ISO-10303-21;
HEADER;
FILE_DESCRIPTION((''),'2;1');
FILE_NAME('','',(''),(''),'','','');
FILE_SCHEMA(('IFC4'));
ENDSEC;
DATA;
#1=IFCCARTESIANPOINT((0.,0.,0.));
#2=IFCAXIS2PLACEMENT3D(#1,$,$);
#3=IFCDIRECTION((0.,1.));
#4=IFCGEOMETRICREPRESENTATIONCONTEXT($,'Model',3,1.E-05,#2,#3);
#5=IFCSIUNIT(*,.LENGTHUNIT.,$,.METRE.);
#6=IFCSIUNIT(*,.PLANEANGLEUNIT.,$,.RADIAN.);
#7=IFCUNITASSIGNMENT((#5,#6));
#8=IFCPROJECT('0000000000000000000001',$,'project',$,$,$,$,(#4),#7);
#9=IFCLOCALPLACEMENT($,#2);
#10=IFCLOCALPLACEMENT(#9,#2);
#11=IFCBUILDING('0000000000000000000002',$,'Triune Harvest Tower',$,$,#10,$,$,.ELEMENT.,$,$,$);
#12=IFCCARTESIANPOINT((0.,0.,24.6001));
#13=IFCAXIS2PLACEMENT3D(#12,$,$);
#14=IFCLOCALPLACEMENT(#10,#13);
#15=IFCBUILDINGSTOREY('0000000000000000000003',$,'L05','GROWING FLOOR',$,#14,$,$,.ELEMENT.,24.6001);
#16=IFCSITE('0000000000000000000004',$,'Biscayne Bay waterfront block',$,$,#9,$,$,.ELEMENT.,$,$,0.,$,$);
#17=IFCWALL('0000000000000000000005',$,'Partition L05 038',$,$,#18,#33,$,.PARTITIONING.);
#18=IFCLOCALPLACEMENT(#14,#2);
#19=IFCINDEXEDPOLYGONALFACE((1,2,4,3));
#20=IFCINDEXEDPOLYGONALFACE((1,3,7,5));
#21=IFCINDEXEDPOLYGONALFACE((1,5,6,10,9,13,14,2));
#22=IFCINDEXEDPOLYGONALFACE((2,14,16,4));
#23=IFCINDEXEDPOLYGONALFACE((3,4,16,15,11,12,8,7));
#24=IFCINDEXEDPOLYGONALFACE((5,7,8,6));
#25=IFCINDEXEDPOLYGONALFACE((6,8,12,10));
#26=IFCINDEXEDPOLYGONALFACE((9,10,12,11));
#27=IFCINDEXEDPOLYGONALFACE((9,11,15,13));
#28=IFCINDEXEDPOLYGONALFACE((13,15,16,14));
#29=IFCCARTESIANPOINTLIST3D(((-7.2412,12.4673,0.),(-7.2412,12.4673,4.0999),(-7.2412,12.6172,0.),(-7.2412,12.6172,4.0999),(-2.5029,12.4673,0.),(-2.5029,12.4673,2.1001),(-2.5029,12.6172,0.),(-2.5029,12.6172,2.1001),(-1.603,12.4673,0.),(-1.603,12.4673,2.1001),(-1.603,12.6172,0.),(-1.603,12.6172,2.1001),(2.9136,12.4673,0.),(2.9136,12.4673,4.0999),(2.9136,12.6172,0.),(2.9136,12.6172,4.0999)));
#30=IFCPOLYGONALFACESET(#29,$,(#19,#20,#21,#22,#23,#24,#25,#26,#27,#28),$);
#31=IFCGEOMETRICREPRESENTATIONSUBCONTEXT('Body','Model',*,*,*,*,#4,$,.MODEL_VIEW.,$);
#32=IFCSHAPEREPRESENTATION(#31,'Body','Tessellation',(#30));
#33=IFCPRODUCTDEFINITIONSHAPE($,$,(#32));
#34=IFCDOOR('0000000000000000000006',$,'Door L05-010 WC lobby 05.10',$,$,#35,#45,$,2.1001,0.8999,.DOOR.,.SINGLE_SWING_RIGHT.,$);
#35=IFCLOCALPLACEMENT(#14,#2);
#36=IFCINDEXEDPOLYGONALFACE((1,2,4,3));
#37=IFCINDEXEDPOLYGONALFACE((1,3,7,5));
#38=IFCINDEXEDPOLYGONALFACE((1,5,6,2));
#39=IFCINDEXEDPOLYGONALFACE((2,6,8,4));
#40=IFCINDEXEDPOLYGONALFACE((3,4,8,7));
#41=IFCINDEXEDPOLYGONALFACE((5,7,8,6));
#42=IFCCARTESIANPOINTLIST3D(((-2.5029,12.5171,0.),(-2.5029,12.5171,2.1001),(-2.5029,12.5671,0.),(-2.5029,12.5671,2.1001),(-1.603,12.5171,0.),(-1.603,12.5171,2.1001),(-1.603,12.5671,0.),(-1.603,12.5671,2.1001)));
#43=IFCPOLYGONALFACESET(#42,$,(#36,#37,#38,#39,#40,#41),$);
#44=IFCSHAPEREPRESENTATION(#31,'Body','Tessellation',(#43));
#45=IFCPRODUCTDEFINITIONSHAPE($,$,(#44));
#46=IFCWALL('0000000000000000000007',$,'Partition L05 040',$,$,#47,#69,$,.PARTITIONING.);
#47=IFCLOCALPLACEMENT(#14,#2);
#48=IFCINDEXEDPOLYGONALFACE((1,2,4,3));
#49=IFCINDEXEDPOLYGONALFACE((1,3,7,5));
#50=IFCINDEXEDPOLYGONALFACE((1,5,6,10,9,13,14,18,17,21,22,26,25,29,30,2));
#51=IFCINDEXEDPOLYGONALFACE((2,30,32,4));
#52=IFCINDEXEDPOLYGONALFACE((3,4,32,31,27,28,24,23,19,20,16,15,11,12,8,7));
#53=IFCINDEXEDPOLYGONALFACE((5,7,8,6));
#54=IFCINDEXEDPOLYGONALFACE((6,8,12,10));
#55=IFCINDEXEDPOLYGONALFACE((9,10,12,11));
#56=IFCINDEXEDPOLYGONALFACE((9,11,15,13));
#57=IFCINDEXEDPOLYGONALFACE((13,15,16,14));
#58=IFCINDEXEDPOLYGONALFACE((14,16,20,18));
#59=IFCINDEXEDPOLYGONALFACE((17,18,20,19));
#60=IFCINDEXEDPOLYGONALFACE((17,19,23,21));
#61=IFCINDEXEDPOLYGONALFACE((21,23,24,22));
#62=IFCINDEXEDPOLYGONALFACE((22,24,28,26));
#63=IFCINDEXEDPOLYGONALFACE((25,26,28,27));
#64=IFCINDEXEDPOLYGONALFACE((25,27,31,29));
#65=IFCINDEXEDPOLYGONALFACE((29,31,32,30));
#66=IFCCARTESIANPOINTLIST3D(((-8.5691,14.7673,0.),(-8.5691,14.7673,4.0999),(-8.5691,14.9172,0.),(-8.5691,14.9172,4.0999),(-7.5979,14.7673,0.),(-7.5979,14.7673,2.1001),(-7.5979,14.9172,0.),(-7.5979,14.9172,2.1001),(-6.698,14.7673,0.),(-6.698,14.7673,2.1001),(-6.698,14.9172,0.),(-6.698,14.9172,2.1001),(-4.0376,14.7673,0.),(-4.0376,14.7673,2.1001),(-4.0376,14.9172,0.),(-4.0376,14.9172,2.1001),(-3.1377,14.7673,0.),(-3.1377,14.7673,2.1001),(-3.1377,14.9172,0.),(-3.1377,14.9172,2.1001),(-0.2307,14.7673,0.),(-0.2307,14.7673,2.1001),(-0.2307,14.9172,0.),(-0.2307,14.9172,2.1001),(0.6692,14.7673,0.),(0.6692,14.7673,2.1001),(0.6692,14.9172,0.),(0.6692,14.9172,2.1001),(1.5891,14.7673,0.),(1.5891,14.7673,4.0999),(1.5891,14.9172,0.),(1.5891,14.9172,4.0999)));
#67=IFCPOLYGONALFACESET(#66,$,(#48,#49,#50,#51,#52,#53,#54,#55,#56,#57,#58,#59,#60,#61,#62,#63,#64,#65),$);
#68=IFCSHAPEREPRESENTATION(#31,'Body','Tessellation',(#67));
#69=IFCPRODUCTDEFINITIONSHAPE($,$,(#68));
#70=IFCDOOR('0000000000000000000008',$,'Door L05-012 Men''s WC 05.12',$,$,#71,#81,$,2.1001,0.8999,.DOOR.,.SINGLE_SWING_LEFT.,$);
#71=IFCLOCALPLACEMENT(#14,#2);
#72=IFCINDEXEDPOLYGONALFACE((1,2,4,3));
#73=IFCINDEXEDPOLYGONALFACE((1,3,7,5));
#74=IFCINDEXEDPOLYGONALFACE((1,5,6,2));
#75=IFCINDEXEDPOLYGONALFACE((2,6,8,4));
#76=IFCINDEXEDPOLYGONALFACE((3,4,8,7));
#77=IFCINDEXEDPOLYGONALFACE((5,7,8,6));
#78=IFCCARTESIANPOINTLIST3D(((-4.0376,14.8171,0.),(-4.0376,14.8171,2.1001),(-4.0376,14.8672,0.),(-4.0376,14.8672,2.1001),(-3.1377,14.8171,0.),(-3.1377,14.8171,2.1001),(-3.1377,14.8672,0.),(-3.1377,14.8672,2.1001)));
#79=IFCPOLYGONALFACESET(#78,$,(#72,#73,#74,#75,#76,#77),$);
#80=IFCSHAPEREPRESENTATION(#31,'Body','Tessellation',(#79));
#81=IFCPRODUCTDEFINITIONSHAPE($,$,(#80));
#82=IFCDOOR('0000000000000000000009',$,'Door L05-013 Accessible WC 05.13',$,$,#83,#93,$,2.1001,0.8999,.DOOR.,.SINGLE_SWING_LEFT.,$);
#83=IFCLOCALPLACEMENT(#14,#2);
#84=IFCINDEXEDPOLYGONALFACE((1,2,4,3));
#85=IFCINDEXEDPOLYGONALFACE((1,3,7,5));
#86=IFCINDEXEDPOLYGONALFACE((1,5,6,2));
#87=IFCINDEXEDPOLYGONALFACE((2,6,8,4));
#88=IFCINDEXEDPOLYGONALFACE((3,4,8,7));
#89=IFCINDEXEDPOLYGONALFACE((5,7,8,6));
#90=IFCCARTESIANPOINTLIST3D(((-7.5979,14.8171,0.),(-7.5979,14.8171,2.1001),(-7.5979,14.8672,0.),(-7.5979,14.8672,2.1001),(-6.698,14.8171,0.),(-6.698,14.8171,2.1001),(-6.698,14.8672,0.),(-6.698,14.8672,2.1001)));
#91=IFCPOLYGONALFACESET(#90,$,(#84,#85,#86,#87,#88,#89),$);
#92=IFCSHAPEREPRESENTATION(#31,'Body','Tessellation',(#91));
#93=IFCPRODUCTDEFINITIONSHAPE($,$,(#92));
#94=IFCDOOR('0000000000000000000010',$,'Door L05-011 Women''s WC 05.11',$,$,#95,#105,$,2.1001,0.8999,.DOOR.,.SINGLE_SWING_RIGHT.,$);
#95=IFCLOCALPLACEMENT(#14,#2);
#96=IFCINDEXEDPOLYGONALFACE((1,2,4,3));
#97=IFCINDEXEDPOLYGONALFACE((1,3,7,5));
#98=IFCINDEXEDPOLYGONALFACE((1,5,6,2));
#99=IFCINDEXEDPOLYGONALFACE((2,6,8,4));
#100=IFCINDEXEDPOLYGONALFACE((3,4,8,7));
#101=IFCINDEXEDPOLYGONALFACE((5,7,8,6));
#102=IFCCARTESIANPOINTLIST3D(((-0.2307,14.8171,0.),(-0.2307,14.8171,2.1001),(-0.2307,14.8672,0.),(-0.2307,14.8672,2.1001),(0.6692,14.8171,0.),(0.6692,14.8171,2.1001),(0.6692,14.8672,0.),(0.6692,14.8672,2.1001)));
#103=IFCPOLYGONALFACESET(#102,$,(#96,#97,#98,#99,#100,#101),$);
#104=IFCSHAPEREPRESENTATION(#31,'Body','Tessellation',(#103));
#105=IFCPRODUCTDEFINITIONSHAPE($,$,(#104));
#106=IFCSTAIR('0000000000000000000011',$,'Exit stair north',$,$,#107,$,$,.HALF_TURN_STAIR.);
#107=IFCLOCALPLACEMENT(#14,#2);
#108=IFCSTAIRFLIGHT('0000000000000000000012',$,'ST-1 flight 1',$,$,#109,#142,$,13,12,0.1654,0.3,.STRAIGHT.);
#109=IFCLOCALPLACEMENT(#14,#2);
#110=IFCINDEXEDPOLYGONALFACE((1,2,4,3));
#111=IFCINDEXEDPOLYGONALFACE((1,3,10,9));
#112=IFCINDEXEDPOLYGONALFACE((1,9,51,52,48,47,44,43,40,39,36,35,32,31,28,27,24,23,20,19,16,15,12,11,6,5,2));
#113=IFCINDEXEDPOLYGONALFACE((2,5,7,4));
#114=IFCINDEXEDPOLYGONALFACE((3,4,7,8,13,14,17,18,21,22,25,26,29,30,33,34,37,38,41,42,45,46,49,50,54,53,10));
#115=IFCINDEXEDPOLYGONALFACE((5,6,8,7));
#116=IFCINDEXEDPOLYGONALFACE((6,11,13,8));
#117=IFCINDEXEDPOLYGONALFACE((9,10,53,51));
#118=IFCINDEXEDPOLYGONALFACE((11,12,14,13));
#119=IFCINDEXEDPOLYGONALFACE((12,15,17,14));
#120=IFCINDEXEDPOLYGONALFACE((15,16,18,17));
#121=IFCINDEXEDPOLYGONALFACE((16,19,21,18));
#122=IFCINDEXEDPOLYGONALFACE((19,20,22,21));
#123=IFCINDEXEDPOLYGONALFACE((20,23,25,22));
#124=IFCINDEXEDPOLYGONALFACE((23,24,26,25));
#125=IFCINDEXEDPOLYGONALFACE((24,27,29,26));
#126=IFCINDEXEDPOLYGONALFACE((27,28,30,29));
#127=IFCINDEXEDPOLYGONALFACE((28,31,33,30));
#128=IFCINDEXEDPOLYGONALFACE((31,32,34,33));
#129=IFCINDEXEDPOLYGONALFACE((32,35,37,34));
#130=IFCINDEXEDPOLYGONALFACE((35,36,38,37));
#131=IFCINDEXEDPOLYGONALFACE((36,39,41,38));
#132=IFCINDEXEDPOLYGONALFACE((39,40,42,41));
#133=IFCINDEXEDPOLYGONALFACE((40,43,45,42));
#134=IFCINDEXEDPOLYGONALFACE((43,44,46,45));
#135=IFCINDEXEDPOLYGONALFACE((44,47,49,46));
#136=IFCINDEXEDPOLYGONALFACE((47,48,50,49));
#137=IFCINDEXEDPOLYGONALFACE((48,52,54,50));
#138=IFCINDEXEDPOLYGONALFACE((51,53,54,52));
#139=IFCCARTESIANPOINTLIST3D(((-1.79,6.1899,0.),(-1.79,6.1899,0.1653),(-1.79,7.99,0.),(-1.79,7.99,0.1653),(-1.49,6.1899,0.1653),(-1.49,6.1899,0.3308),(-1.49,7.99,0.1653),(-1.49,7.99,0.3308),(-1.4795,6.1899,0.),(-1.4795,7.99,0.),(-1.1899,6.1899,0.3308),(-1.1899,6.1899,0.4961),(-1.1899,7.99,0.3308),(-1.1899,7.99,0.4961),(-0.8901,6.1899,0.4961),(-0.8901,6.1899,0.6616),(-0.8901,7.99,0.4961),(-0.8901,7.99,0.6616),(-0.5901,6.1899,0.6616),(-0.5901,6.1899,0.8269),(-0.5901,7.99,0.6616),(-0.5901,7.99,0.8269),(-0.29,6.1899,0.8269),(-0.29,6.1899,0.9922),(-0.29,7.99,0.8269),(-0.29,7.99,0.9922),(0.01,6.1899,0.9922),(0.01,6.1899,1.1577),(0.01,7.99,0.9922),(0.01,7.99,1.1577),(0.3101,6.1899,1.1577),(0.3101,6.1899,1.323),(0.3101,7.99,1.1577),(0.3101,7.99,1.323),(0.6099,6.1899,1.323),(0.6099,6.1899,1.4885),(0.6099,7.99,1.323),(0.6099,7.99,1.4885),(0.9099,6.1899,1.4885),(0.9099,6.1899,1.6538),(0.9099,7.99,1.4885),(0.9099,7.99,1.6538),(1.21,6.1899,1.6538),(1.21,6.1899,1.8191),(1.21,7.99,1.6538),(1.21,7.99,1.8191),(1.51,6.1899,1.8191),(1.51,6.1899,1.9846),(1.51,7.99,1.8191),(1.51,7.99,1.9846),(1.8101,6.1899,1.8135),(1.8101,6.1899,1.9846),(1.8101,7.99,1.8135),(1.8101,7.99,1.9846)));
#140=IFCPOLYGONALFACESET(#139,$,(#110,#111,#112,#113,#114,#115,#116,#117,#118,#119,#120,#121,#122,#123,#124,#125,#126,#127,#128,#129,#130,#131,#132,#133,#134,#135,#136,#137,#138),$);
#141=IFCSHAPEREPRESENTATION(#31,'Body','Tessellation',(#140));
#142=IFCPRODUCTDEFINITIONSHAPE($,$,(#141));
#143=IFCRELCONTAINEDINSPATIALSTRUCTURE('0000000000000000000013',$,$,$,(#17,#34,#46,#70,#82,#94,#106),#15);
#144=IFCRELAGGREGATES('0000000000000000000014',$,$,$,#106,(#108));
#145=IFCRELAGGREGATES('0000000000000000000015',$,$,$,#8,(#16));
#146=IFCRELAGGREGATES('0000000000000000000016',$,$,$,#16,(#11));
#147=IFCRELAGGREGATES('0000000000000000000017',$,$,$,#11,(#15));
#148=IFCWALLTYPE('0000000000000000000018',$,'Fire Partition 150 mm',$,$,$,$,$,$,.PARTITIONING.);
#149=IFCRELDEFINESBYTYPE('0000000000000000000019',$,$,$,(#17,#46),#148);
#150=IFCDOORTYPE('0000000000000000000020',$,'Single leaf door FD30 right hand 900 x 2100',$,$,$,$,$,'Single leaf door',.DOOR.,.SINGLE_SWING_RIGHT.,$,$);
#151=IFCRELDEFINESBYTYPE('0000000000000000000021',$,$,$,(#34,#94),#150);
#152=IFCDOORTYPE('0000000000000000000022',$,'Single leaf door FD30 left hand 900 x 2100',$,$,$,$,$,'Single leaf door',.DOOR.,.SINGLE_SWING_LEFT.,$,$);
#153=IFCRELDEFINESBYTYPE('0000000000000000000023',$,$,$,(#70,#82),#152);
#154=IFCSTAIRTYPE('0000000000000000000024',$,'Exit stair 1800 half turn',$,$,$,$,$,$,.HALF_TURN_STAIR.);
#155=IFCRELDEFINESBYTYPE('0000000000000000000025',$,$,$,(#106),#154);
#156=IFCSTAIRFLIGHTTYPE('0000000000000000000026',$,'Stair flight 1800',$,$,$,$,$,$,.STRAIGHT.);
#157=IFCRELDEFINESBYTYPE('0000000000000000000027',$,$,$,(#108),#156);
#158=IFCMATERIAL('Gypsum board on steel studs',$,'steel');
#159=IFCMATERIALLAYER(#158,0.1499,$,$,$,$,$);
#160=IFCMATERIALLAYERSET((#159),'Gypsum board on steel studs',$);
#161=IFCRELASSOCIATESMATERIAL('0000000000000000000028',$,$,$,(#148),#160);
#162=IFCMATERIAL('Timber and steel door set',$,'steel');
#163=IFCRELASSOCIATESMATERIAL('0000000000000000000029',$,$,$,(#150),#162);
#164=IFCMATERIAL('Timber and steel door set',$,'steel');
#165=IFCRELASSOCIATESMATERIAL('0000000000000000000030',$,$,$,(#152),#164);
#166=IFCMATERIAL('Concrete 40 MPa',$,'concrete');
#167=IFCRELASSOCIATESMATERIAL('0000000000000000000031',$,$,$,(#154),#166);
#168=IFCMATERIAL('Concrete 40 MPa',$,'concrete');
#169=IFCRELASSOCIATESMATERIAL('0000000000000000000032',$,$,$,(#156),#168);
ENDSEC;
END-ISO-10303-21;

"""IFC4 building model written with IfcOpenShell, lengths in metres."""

from ifc_helpers import new_model, si_unit, direction, frame, frame_2d, origin, place, context, subcontext, project, spatial, polyline, rectangle, outline, extrude, source, transform, mapped, material, layer, layer_set, type_object, element, fill, aggregate, save


model = new_model("IFC4")

# Units and contexts
model_context = context("Model", 3, precision=1e-05, world=origin(), true_north=direction((0.0, 1.0)))
body_context = subcontext(model_context, "Body", "Model", "MODEL_VIEW")
ifc_project = project(units=[si_unit("LENGTHUNIT", "METRE"), si_unit("PLANEANGLEUNIT", "RADIAN")], contexts=[model_context])

# Site, building, storey
site_placement = place(None, origin())
site = spatial("IfcSite", under=ifc_project, at=site_placement, Name="Biscayne Bay waterfront block", CompositionType="ELEMENT", RefElevation=0.0)
building_placement = place(site_placement, origin())
building = spatial("IfcBuilding", under=site, at=building_placement, Name="Triune Harvest Tower", CompositionType="ELEMENT")
storey_placement = place(building_placement, frame((0.0, 0.0, 24.6001)))
storey = spatial("IfcBuildingStorey", under=building, at=storey_placement, Name="L05", Description="GROWING FLOOR", CompositionType="ELEMENT", Elevation=24.6001)

# Wall, opening, door
ifc_material_1 = material(Name="Gypsum board on steel studs", Category="steel")
ifc_layer_1 = layer(ifc_material_1, 0.1499)
ifc_layer_set_1 = layer_set([ifc_layer_1], Name="Gypsum board on steel studs")
wall_type_1 = type_object("IfcWallType", Name="Fire Partition 150 mm", PredefinedType="PARTITIONING", material=ifc_layer_set_1)
shared_shape_1 = source(origin(), body_context, "Body", "SweptSolid", [
    extrude(rectangle(XDim=10.1548, YDim=0.1499, at=frame_2d((5.0774, 0.0))), origin(), (0.0, 0.0, 1.0), 4.0999),
])
wall_1_placement = place(storey_placement, frame((-7.2412, 12.5422, 0.0), z_axis=(0.0, 0.0, 1.0), x_axis=(1.0, 0.0, 0.0)))
wall_1 = element("IfcWall", 1, at=wall_1_placement, inside=storey, type_object=wall_type_1, Name="Partition L05 038", PredefinedType="PARTITIONING", context=body_context, shape_type="MappedRepresentation", body=[
    mapped(shared_shape_1, transform((0.0, 0.0, 0.0), scale=1.0)),
])
opening_1_placement = place(wall_1_placement, frame((4.7383, 0.0, 0.0)))
opening_1 = element("IfcOpeningElement", 2, at=opening_1_placement, cuts=wall_1, PredefinedType="OPENING", context=body_context, shape_type="SweptSolid", body=[
    extrude(rectangle(XDim=0.8999, YDim=2.1001, at=frame_2d((0.45, 1.05))), frame((0.0, 0.085, 0.0), z_axis=(0.0, -1.0, 0.0), x_axis=(1.0, 0.0, 0.0)), (0.0, 0.0, 1.0), 0.1699),
])
ifc_material_2 = material(Name="Timber and steel door set", Category="steel")
door_type_1 = type_object("IfcDoorType", Name="Single leaf door FD30 right hand 900 x 2100", ElementType="Single leaf door", OperationType="SINGLE_SWING_RIGHT", PredefinedType="DOOR", material=ifc_material_2)
door_1_placement = place(opening_1_placement, origin())
door_1 = element("IfcDoor", 3, at=door_1_placement, inside=storey, type_object=door_type_1, Name="Door L05-010 WC lobby 05.10", OperationType="SINGLE_SWING_RIGHT", OverallHeight=2.1001, OverallWidth=0.8999, PredefinedType="DOOR", context=body_context, shape_type="SweptSolid", body=[
    extrude(rectangle(XDim=0.8999, YDim=2.1001, at=frame_2d((0.45, 1.05))), frame((0.0, 0.0249, 0.0), z_axis=(0.0, -1.0, 0.0), x_axis=(1.0, 0.0, 0.0)), (0.0, 0.0, 1.0), 0.05),
])
fill(opening_1, door_1)

# Wall, openings, doors
shared_shape_2 = source(origin(), body_context, "Body", "SweptSolid", [
    extrude(rectangle(XDim=10.1582, YDim=0.1499, at=frame_2d((5.0791, 0.0))), origin(), (0.0, 0.0, 1.0), 4.0999),
])
wall_2_placement = place(storey_placement, frame((-8.5691, 14.8423, 0.0), z_axis=(0.0, 0.0, 1.0), x_axis=(1.0, 0.0, 0.0)))
wall_2 = element("IfcWall", 4, at=wall_2_placement, inside=storey, type_object=wall_type_1, Name="Partition L05 040", PredefinedType="PARTITIONING", context=body_context, shape_type="MappedRepresentation", body=[
    mapped(shared_shape_2, transform((0.0, 0.0, 0.0), scale=1.0)),
])
opening_2_placement = place(wall_2_placement, frame((8.3384, 0.0, 0.0)))
opening_2 = element("IfcOpeningElement", 5, at=opening_2_placement, cuts=wall_2, PredefinedType="OPENING", context=body_context, shape_type="SweptSolid", body=[
    extrude(rectangle(XDim=0.8999, YDim=2.1001, at=frame_2d((0.45, 1.05))), frame((0.0, 0.085, 0.0), z_axis=(0.0, -1.0, 0.0), x_axis=(1.0, 0.0, 0.0)), (0.0, 0.0, 1.0), 0.1699),
])
opening_3_placement = place(wall_2_placement, frame((4.5315, 0.0, 0.0)))
opening_3 = element("IfcOpeningElement", 6, at=opening_3_placement, cuts=wall_2, PredefinedType="OPENING", context=body_context, shape_type="SweptSolid", body=[
    extrude(rectangle(XDim=0.8999, YDim=2.1001, at=frame_2d((0.45, 1.05))), frame((0.0, 0.085, 0.0), z_axis=(0.0, -1.0, 0.0), x_axis=(1.0, 0.0, 0.0)), (0.0, 0.0, 1.0), 0.1699),
])
opening_4_placement = place(wall_2_placement, frame((0.9712, 0.0, 0.0)))
opening_4 = element("IfcOpeningElement", 7, at=opening_4_placement, cuts=wall_2, PredefinedType="OPENING", context=body_context, shape_type="SweptSolid", body=[
    extrude(rectangle(XDim=0.8999, YDim=2.1001, at=frame_2d((0.45, 1.05))), frame((0.0, 0.085, 0.0), z_axis=(0.0, -1.0, 0.0), x_axis=(1.0, 0.0, 0.0)), (0.0, 0.0, 1.0), 0.1699),
])
ifc_material_3 = material(Name="Timber and steel door set", Category="steel")
door_type_2 = type_object("IfcDoorType", Name="Single leaf door FD30 left hand 900 x 2100", ElementType="Single leaf door", OperationType="SINGLE_SWING_LEFT", PredefinedType="DOOR", material=ifc_material_3)
door_2_placement = place(opening_3_placement, origin())
door_2 = element("IfcDoor", 8, at=door_2_placement, inside=storey, type_object=door_type_2, Name="Door L05-012 Men's WC 05.12", OperationType="SINGLE_SWING_LEFT", OverallHeight=2.1001, OverallWidth=0.8999, PredefinedType="DOOR", context=body_context, shape_type="SweptSolid", body=[
    extrude(rectangle(XDim=0.8999, YDim=2.1001, at=frame_2d((0.45, 1.05))), frame((0.0, 0.0249, 0.0), z_axis=(0.0, -1.0, 0.0), x_axis=(1.0, 0.0, 0.0)), (0.0, 0.0, 1.0), 0.05),
])
fill(opening_3, door_2)
door_3_placement = place(opening_4_placement, origin())
door_3 = element("IfcDoor", 9, at=door_3_placement, inside=storey, type_object=door_type_2, Name="Door L05-013 Accessible WC 05.13", OperationType="SINGLE_SWING_LEFT", OverallHeight=2.1001, OverallWidth=0.8999, PredefinedType="DOOR", context=body_context, shape_type="SweptSolid", body=[
    extrude(rectangle(XDim=0.8999, YDim=2.1001, at=frame_2d((0.45, 1.05))), frame((0.0, 0.0249, 0.0), z_axis=(0.0, -1.0, 0.0), x_axis=(1.0, 0.0, 0.0)), (0.0, 0.0, 1.0), 0.05),
])
fill(opening_4, door_3)
door_4_placement = place(opening_2_placement, origin())
door_4 = element("IfcDoor", 10, at=door_4_placement, inside=storey, type_object=door_type_1, Name="Door L05-011 Women's WC 05.11", OperationType="SINGLE_SWING_RIGHT", OverallHeight=2.1001, OverallWidth=0.8999, PredefinedType="DOOR", context=body_context, shape_type="SweptSolid", body=[
    extrude(rectangle(XDim=0.8999, YDim=2.1001, at=frame_2d((0.45, 1.05))), frame((0.0, 0.0249, 0.0), z_axis=(0.0, -1.0, 0.0), x_axis=(1.0, 0.0, 0.0)), (0.0, 0.0, 1.0), 0.05),
])
fill(opening_2, door_4)

# Stair, stair flight
ifc_material_4 = material(Name="Concrete 40 MPa", Category="concrete")
stair_type = type_object("IfcStairType", Name="Exit stair 1800 half turn", PredefinedType="HALF_TURN_STAIR", material=ifc_material_4)
stair_placement = place(storey_placement, origin())
stair = element("IfcStair", 11, at=stair_placement, inside=storey, type_object=stair_type, Name="Exit stair north", PredefinedType="HALF_TURN_STAIR")
ifc_material_5 = material(Name="Concrete 40 MPa", Category="concrete")
stair_flight_type = type_object("IfcStairFlightType", Name="Stair flight 1800", PredefinedType="STRAIGHT", material=ifc_material_5)
shared_shape_3 = source(origin(), body_context, "Body", "SweptSolid", [
    extrude(outline(polyline([(0.0, 0.0), (0.0, 0.1653), (0.3, 0.1653), (0.3, 0.3308), (0.6001, 0.3308), (0.6001, 0.4961), (0.8999, 0.4961), (0.8999, 0.6616), (1.2, 0.6616), (1.2, 0.8269), (1.5, 0.8269), (1.5, 0.9922), (1.8, 0.9922), (1.8, 1.1577), (2.1001, 1.1577), (2.1001, 1.323), (2.3999, 1.323), (2.3999, 1.4885), (2.7, 1.4885), (2.7, 1.6538), (3.0, 1.6538), (3.0, 1.8191), (3.3, 1.8191), (3.3, 1.9846), (3.6001, 1.9846), (3.6001, 2.1499), (3.6001, 1.8135), (0.3105, 0.0), (0.0, 0.0)])), frame((0.0, 0.8999, 0.0), z_axis=(0.0, -1.0, 0.0), x_axis=(1.0, 0.0, 0.0)), (0.0, 0.0, 1.0), 1.8),
])
stair_flight_placement = place(storey_placement, frame((-1.79, 7.0901, 0.0), z_axis=(0.0, 0.0, 1.0), x_axis=(1.0, 0.0, 0.0)))
stair_flight = element("IfcStairFlight", 12, at=stair_flight_placement, type_object=stair_flight_type, Name="ST-1 flight 1", NumberOfRisers=13, NumberOfTreads=12, PredefinedType="STRAIGHT", RiserHeight=0.1654, TreadLength=0.3, context=body_context, shape_type="MappedRepresentation", body=[
    mapped(shared_shape_3, transform((0.0, 0.0, 0.0), scale=1.0)),
])
aggregate(stair, [stair_flight])

save(model, "model.ifc")
